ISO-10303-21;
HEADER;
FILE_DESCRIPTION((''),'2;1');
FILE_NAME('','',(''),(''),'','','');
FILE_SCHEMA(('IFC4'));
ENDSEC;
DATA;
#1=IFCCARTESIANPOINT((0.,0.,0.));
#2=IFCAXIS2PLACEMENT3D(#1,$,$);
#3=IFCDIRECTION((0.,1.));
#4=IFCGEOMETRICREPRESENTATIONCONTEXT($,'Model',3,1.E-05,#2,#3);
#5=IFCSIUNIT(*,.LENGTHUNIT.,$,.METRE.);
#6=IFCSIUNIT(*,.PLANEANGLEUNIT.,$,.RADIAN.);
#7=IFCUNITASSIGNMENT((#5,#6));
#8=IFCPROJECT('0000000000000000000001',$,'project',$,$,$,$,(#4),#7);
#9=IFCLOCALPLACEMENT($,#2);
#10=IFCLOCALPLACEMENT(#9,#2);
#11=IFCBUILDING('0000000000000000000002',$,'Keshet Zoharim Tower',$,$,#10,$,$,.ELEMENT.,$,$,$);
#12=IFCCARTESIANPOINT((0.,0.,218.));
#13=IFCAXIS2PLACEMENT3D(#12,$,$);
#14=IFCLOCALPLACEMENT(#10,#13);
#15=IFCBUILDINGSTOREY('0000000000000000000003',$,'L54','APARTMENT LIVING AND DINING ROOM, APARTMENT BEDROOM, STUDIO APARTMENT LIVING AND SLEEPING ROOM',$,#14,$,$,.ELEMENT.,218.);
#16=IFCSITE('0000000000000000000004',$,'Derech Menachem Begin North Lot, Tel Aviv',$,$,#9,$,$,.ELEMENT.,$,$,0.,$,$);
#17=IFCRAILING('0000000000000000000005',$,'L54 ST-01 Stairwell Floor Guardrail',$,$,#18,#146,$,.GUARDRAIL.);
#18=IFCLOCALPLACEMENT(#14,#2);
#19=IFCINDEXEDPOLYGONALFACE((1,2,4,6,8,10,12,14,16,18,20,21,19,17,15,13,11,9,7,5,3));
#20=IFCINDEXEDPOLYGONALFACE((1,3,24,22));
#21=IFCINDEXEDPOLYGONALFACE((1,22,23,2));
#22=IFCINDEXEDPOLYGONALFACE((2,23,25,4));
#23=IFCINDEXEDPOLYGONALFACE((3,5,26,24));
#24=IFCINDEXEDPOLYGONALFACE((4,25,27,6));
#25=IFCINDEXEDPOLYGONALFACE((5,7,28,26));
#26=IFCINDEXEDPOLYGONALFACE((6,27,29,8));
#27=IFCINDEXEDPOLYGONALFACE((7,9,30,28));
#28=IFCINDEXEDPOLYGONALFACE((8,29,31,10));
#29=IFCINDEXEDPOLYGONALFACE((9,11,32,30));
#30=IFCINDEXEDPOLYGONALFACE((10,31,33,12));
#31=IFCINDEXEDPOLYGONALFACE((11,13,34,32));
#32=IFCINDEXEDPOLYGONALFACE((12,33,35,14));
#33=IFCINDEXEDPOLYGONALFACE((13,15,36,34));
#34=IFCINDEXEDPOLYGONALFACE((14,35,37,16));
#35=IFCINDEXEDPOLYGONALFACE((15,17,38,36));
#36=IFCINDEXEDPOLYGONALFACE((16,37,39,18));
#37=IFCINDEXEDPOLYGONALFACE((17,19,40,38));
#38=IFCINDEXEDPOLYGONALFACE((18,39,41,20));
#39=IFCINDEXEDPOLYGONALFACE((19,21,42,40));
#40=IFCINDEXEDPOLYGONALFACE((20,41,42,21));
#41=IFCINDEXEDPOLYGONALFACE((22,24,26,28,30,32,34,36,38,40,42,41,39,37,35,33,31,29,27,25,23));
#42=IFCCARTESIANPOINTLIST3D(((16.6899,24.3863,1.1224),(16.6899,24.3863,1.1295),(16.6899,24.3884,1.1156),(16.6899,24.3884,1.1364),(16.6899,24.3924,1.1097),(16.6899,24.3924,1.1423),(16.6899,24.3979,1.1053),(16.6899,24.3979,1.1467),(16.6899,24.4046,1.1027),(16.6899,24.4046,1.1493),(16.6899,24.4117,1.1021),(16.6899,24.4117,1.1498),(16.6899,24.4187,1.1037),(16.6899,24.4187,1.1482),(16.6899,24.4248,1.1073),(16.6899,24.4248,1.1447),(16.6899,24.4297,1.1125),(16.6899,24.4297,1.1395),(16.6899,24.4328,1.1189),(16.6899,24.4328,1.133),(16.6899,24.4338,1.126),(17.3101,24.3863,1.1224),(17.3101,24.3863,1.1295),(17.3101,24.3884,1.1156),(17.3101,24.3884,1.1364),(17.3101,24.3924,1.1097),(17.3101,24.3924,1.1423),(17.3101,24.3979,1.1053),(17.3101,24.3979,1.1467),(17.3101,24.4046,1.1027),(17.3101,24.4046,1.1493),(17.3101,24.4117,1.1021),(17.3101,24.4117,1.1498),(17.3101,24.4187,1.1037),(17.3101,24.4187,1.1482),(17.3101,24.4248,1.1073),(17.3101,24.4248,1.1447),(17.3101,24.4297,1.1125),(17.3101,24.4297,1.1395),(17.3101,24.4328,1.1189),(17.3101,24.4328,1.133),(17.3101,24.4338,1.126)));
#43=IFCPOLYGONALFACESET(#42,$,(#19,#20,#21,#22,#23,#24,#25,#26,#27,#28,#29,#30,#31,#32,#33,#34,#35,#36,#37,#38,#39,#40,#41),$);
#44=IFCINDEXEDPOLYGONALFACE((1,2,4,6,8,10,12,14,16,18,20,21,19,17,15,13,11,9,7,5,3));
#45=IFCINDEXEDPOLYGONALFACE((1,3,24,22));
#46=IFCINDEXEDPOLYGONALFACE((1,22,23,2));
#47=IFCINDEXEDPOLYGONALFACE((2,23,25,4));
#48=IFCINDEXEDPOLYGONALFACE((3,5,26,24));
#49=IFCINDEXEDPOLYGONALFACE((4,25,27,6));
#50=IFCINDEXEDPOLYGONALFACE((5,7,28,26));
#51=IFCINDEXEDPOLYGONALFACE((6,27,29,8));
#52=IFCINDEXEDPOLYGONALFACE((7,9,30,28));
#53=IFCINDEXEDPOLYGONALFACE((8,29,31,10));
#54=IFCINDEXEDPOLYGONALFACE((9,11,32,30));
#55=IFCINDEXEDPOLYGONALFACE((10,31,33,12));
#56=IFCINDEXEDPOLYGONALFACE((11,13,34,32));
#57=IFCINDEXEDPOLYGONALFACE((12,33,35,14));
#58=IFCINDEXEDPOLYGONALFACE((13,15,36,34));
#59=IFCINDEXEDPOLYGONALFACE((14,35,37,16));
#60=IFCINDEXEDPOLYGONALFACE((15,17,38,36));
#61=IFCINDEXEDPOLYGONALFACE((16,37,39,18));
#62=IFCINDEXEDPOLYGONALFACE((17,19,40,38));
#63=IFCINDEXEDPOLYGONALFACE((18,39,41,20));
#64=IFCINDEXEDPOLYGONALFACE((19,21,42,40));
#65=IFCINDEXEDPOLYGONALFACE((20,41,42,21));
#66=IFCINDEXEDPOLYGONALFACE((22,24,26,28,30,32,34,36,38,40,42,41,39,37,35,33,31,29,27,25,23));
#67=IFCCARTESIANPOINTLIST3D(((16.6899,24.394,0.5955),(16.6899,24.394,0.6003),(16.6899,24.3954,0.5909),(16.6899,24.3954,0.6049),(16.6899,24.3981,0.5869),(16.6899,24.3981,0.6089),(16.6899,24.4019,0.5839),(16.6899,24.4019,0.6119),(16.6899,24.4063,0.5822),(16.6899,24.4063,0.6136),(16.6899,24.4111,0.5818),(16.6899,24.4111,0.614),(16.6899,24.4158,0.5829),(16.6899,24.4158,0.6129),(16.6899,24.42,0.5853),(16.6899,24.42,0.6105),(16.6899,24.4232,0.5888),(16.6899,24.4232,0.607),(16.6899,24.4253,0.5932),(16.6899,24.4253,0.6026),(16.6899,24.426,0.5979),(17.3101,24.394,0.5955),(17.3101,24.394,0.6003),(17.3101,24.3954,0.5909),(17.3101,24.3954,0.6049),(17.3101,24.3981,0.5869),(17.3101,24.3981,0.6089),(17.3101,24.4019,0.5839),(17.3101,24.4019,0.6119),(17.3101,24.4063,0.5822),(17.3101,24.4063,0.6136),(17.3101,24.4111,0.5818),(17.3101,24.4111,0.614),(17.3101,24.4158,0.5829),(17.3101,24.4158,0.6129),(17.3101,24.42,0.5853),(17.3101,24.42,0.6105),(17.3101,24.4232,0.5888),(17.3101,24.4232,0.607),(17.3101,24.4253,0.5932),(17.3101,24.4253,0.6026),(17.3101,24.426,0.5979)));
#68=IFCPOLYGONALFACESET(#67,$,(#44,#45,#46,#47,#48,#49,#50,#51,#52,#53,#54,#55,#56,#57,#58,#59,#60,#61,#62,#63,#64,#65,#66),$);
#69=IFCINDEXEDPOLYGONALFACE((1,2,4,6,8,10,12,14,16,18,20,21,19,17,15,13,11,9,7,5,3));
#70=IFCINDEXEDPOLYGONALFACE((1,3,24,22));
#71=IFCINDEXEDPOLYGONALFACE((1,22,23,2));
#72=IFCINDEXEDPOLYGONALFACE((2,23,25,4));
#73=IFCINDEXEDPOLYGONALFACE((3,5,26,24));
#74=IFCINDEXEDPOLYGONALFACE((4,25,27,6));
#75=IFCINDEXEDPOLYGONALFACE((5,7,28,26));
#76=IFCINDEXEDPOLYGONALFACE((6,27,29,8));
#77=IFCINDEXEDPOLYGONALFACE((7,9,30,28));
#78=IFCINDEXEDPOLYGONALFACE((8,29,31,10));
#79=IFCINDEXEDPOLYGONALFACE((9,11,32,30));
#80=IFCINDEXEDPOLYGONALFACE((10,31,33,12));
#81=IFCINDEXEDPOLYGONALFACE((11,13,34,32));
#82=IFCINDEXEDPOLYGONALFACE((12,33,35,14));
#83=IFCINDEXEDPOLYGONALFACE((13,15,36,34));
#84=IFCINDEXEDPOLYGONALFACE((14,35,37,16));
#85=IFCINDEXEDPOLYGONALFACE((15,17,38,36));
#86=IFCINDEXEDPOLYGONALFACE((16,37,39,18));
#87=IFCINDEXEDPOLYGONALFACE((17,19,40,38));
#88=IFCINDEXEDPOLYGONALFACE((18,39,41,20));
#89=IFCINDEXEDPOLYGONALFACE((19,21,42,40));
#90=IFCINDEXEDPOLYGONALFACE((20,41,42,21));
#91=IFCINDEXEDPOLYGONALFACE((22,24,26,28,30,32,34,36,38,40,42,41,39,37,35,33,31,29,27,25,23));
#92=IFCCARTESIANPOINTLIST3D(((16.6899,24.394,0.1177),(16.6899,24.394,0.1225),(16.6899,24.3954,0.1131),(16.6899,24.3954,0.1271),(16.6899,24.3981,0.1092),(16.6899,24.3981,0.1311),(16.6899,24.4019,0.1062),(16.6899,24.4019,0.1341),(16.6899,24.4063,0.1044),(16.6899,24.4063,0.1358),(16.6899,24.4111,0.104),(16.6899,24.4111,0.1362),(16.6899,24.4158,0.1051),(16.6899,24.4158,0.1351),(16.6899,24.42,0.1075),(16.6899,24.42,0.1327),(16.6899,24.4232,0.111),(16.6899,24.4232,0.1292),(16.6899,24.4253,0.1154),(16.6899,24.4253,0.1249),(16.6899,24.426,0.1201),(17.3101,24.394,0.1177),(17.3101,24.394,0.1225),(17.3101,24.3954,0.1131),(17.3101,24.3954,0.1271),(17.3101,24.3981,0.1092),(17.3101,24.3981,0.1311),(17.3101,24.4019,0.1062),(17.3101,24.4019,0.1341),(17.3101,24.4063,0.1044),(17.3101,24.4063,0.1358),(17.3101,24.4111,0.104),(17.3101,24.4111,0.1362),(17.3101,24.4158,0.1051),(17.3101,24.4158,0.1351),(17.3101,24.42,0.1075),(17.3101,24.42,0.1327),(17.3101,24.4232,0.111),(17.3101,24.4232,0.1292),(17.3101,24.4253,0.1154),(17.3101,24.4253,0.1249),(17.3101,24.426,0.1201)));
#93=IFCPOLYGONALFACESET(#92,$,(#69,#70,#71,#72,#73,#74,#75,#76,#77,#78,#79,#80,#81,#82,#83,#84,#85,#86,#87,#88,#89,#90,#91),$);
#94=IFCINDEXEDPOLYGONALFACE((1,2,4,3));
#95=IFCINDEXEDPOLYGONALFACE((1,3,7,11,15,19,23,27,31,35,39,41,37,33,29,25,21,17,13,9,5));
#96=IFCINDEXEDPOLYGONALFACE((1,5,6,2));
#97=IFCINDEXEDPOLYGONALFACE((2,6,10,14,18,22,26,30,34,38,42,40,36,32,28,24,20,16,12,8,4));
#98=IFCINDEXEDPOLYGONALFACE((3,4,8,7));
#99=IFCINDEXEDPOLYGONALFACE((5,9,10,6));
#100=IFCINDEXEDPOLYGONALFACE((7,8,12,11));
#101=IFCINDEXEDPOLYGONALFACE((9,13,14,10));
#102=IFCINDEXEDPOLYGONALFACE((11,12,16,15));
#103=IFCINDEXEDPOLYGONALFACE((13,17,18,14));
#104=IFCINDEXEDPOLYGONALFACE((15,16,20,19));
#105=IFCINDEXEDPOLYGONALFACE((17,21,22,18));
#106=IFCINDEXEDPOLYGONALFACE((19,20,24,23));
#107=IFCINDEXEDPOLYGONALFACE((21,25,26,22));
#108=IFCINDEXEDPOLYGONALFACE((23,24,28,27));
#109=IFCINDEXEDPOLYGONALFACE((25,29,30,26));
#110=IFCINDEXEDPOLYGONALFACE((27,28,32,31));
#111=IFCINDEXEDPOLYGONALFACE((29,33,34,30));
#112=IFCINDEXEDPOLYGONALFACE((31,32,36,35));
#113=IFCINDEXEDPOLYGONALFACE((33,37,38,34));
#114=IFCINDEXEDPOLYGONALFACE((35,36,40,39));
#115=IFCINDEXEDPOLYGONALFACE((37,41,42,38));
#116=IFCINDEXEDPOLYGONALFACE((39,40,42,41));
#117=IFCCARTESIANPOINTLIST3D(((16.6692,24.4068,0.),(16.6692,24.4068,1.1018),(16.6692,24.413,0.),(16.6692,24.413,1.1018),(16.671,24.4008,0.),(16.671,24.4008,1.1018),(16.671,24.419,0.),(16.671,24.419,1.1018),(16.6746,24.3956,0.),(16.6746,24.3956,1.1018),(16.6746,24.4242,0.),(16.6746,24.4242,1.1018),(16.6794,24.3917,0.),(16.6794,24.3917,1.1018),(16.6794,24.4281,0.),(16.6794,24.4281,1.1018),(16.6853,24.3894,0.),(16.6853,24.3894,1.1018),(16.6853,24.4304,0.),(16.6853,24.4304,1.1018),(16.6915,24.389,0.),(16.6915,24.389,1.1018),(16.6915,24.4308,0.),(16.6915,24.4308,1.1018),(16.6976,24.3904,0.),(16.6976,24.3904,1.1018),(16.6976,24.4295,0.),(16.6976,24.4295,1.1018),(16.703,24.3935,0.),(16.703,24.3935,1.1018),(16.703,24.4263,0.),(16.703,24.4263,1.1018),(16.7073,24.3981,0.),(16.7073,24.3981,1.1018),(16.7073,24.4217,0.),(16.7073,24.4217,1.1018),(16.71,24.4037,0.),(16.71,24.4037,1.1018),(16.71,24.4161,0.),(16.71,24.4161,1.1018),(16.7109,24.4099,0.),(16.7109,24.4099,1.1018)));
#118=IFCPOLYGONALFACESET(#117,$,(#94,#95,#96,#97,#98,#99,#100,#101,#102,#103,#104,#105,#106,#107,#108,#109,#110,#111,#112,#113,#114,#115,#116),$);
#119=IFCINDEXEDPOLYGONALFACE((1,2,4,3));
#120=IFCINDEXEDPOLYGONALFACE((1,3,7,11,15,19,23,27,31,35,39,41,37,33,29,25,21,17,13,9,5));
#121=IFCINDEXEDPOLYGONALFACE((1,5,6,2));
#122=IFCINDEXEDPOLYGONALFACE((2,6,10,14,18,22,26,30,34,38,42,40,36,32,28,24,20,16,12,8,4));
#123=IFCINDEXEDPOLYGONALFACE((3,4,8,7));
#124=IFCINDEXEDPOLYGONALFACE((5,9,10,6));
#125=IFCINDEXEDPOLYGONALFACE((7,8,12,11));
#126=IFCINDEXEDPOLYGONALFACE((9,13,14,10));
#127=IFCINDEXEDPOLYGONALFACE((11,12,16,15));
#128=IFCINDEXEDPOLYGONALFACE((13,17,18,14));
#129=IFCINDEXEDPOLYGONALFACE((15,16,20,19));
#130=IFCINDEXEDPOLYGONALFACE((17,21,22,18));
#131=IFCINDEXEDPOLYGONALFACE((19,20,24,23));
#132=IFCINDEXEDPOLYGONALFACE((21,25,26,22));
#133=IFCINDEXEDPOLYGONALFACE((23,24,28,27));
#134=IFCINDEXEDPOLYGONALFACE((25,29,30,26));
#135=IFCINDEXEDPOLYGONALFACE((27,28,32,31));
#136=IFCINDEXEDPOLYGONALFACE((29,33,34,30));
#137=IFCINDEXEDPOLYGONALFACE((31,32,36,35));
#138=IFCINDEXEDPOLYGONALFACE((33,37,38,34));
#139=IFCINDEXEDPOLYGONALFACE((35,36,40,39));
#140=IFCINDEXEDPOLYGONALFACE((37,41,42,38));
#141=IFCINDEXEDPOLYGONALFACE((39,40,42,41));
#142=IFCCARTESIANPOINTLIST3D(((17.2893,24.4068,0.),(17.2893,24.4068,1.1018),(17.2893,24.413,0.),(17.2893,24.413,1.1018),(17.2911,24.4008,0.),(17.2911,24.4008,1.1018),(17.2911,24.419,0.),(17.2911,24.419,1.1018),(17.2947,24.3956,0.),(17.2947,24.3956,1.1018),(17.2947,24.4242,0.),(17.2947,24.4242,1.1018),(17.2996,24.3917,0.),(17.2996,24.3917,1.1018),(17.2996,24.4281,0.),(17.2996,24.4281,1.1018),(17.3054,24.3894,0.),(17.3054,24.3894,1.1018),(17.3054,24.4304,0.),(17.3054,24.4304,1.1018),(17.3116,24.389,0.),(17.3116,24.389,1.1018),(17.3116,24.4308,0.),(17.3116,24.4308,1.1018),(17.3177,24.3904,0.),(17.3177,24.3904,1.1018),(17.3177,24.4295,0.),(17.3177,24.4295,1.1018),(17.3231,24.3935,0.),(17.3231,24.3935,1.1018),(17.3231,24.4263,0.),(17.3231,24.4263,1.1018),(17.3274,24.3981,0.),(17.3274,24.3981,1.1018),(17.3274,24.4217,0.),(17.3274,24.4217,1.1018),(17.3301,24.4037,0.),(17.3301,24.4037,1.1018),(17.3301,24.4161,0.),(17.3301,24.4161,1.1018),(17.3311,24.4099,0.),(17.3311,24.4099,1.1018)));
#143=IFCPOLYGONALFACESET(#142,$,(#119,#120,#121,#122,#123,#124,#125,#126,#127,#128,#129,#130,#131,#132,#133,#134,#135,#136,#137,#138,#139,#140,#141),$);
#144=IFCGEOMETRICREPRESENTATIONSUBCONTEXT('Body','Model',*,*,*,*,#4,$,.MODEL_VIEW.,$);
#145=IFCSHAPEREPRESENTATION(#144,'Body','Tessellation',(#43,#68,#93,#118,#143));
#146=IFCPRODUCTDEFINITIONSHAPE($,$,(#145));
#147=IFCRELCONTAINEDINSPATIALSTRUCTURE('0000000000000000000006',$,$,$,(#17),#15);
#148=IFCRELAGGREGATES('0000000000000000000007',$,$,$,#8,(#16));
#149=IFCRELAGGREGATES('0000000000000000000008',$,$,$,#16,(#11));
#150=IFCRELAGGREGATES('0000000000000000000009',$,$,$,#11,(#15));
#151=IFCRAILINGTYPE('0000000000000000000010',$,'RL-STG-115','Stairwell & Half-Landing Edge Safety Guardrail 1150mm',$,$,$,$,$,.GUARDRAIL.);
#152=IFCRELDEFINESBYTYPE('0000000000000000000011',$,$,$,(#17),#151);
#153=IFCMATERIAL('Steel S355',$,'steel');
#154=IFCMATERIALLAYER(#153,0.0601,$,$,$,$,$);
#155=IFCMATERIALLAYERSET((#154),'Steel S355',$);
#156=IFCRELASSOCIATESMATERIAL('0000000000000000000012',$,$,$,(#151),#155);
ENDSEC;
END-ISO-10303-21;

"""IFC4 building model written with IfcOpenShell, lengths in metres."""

from ifc_helpers import new_model, si_unit, direction, frame, origin, origin_2d, place, context, subcontext, project, spatial, circle, extrude, material, layer, layer_set, type_object, element, save


model = new_model("IFC4")

# Units and contexts
model_context = context("Model", 3, precision=1e-05, world=origin(), true_north=direction((0.0, 1.0)))
body_context = subcontext(model_context, "Body", "Model", "MODEL_VIEW")
ifc_project = project(units=[si_unit("LENGTHUNIT", "METRE"), si_unit("PLANEANGLEUNIT", "RADIAN")], contexts=[model_context])

# Site, building, storey
site_placement = place(None, origin())
site = spatial("IfcSite", under=ifc_project, at=site_placement, Name="Derech Menachem Begin North Lot, Tel Aviv", CompositionType="ELEMENT", RefElevation=0.0)
building_placement = place(site_placement, origin())
building = spatial("IfcBuilding", under=site, at=building_placement, Name="Keshet Zoharim Tower", CompositionType="ELEMENT")
storey_placement = place(building_placement, frame((0.0, 0.0, 218.0)))
storey = spatial("IfcBuildingStorey", under=building, at=storey_placement, Name="L54", Description="APARTMENT LIVING AND DINING ROOM, APARTMENT BEDROOM, STUDIO APARTMENT LIVING AND SLEEPING ROOM", CompositionType="ELEMENT", Elevation=218.0)

# Railing
ifc_material_1 = material(Name="Steel S355", Category="steel")
ifc_layer_1 = layer(ifc_material_1, 0.0601)
ifc_layer_set_1 = layer_set([ifc_layer_1], Name="Steel S355")
railing_type_1 = type_object("IfcRailingType", Name="RL-STG-115", Description="Stairwell & Half-Landing Edge Safety Guardrail 1150mm", PredefinedType="GUARDRAIL", material=ifc_layer_set_1)
railing_1_placement = place(storey_placement, frame((16.6899, 24.4099, 0.0)))
element("IfcRailing", 1, at=railing_1_placement, inside=storey, type_object=railing_type_1, Name="L54 ST-01 Stairwell Floor Guardrail", PredefinedType="GUARDRAIL", context=body_context, shape_type="SweptSolid", body=[
    extrude(circle(Radius=0.0239, at=origin_2d()), frame((0.0, 0.0, 1.126), z_axis=(1.0, 0.0, 0.0), x_axis=(0.0, 1.0, 0.0)), (0.0, 0.0, 1.0), 0.6201),
    extrude(circle(Radius=0.0161, at=origin_2d()), frame((0.0, 0.0, 0.5979), z_axis=(1.0, 0.0, 0.0), x_axis=(0.0, 1.0, 0.0)), (0.0, 0.0, 1.0), 0.6201),
    extrude(circle(Radius=0.0161, at=origin_2d()), frame((0.0, 0.0, 0.1201), z_axis=(1.0, 0.0, 0.0), x_axis=(0.0, 1.0, 0.0)), (0.0, 0.0, 1.0), 0.6201),
    extrude(circle(Radius=0.021, at=origin_2d()), origin(), (0.0, 0.0, 1.0), 1.1018),
    extrude(circle(Radius=0.021, at=origin_2d()), frame((0.6201, 0.0, 0.0)), (0.0, 0.0, 1.0), 1.1018),
])

save(model, "model.ifc")
